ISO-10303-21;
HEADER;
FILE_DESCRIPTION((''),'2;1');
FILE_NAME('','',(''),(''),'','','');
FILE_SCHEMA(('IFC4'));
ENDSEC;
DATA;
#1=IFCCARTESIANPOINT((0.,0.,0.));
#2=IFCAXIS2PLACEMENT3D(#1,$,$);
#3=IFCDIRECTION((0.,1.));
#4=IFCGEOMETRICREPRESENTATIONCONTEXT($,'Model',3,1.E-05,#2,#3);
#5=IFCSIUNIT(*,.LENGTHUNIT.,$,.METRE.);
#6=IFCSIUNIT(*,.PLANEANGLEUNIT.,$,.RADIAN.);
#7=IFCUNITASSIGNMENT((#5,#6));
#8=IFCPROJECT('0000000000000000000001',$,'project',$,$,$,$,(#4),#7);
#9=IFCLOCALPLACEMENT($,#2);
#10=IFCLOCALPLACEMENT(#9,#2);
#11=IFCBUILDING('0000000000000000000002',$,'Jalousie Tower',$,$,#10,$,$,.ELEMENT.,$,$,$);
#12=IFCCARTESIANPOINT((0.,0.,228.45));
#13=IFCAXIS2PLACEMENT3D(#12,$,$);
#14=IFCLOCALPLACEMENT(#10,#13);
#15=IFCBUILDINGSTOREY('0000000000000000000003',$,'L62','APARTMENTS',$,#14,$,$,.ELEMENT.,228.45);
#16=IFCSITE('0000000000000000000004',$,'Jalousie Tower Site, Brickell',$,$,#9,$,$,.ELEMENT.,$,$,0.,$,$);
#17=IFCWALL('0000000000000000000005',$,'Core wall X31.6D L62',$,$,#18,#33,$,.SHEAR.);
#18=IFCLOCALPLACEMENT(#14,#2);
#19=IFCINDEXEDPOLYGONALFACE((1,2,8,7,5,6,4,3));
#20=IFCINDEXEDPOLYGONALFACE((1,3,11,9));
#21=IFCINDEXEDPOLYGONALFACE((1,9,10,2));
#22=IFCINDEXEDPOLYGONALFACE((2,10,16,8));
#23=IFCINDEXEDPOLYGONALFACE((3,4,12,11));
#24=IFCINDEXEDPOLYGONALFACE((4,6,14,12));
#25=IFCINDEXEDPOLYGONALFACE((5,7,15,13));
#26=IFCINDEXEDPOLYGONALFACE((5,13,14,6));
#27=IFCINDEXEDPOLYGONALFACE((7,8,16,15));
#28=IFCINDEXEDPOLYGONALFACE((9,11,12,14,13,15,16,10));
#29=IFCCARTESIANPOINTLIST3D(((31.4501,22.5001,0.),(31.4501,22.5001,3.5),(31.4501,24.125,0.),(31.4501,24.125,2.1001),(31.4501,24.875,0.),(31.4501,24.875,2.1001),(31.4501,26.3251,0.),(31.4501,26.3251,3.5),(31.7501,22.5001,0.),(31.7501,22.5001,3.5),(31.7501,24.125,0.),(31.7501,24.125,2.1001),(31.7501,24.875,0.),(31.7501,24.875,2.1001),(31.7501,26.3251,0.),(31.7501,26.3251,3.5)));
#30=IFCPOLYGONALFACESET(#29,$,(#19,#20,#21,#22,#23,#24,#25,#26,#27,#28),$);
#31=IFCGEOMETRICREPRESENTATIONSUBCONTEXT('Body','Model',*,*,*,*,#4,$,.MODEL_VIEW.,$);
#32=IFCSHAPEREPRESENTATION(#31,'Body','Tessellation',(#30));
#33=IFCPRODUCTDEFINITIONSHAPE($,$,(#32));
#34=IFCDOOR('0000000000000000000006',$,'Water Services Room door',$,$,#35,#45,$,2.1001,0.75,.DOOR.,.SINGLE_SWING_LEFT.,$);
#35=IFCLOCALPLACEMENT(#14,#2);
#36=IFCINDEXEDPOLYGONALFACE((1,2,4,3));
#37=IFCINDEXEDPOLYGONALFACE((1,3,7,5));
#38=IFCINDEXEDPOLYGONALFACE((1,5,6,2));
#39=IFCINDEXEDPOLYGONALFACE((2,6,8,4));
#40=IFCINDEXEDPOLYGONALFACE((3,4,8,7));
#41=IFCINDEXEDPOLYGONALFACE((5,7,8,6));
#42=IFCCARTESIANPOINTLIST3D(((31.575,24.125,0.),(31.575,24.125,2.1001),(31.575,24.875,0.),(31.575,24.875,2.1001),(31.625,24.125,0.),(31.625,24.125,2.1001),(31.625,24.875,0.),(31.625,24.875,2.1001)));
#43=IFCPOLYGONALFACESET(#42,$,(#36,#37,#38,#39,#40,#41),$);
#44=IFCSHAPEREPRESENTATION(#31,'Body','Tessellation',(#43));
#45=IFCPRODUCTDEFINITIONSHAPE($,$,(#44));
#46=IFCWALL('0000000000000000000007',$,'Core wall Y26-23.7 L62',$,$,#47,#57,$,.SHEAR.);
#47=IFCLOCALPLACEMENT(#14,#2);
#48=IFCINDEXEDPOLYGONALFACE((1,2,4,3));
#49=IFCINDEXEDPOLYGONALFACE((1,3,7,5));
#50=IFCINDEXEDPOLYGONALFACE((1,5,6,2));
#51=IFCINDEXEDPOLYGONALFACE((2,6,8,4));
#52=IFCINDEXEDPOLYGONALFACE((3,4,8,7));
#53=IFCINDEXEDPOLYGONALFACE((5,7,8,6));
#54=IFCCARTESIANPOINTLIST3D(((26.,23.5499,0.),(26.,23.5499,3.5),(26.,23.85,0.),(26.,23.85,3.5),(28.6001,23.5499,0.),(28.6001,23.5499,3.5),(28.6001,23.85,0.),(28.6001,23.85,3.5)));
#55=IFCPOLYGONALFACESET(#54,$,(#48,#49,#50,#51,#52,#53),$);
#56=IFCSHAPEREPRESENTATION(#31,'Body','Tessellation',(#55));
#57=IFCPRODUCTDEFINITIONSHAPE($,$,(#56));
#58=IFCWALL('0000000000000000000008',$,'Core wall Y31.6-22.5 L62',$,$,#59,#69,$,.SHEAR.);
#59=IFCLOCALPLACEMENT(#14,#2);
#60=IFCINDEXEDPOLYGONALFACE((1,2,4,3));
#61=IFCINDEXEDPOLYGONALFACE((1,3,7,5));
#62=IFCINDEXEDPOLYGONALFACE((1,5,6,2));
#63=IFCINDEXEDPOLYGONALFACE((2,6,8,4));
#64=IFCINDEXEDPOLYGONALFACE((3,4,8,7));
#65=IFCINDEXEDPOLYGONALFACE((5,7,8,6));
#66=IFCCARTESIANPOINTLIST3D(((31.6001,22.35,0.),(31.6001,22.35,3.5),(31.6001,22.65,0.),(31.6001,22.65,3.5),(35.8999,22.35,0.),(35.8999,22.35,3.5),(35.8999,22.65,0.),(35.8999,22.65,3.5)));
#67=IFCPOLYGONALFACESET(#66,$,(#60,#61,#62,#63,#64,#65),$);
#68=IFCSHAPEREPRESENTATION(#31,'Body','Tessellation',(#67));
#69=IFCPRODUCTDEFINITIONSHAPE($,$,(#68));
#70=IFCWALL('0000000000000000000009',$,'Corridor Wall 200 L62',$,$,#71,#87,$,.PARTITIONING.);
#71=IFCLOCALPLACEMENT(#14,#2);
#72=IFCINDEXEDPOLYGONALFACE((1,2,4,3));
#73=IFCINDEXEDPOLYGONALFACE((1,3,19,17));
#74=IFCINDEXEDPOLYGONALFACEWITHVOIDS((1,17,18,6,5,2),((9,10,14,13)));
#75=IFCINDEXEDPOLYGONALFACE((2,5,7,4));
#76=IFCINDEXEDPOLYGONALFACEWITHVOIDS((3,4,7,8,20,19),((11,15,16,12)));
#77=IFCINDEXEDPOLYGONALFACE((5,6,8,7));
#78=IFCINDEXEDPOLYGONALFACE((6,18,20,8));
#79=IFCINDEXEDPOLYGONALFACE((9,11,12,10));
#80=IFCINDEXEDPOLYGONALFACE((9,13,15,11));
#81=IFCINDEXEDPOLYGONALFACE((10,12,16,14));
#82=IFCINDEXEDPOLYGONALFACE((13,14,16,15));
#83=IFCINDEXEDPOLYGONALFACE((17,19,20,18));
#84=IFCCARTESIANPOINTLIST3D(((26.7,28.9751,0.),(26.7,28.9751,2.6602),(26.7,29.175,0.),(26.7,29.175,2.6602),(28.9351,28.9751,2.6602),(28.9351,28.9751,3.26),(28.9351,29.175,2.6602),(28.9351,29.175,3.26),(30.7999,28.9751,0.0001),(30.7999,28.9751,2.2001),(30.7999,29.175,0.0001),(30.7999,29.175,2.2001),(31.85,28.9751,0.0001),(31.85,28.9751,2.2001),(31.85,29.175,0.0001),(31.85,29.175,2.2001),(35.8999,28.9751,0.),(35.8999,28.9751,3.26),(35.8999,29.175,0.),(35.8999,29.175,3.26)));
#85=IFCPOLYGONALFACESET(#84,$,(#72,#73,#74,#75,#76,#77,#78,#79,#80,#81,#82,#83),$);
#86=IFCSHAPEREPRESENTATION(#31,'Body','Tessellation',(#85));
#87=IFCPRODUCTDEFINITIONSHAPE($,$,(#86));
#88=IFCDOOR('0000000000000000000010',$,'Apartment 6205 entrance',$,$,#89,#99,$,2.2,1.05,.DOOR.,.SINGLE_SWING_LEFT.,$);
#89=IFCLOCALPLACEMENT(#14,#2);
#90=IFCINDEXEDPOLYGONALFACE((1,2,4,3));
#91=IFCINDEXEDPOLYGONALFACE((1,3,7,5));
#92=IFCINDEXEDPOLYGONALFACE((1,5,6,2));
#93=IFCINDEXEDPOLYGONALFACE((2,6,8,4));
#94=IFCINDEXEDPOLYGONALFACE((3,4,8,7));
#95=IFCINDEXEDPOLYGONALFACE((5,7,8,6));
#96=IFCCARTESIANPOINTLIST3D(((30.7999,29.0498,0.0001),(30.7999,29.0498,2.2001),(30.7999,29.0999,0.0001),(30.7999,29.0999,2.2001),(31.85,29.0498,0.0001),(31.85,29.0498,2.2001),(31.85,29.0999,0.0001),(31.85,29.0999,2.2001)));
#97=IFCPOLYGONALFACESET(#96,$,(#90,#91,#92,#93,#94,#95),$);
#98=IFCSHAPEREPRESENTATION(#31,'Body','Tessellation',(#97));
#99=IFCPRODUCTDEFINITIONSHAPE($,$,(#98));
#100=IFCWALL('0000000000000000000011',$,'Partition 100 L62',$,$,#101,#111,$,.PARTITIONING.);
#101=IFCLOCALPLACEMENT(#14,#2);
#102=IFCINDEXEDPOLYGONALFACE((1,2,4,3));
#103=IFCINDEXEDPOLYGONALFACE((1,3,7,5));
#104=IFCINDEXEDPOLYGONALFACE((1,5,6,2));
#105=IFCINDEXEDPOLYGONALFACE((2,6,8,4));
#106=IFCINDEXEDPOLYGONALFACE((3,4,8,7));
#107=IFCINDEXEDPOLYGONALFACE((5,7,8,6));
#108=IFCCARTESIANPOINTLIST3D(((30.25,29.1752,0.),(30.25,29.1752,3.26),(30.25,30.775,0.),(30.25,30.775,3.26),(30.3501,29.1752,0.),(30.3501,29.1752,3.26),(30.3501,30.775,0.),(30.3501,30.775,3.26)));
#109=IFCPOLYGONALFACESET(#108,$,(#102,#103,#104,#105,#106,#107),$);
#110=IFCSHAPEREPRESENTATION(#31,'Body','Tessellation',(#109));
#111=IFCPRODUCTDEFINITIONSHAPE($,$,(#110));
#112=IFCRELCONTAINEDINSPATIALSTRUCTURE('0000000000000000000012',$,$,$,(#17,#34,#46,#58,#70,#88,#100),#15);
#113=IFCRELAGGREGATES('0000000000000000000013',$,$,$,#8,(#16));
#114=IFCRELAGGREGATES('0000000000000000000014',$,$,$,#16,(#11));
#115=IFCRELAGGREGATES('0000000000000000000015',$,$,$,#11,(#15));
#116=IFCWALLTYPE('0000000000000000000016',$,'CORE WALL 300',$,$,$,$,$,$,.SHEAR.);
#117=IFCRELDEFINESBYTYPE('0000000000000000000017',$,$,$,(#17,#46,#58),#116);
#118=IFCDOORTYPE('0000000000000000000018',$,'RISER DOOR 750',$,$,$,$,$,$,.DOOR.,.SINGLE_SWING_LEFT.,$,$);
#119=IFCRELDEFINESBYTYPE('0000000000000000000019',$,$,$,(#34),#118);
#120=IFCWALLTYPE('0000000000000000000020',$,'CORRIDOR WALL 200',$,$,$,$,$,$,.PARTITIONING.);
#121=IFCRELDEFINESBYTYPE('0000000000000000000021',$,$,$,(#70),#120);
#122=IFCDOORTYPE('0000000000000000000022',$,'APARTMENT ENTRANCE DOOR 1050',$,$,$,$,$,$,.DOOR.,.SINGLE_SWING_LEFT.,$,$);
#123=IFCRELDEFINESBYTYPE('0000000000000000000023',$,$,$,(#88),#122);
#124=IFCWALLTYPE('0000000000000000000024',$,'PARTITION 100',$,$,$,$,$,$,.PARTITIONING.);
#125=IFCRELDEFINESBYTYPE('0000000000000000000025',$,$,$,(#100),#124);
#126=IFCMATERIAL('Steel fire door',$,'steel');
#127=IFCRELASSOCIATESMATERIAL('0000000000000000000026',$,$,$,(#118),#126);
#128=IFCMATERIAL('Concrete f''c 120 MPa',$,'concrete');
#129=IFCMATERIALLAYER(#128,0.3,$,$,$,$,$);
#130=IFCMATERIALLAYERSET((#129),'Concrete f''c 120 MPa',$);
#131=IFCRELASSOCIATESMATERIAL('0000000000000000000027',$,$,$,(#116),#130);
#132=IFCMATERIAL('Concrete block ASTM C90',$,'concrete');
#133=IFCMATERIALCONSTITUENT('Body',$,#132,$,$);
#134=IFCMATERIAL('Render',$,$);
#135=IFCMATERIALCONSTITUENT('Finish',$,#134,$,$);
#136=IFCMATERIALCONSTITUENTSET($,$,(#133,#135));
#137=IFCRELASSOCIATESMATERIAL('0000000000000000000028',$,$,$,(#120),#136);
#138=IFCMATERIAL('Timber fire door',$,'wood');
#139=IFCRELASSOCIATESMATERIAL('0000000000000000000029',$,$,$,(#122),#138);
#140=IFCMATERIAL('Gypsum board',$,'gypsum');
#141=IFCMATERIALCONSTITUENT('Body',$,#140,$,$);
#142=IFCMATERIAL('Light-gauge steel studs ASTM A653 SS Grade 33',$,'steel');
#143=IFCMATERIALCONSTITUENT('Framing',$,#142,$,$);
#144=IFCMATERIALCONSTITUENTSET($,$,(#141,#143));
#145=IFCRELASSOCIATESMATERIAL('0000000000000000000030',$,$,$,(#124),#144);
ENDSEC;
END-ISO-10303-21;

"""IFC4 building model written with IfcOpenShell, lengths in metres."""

from ifc_helpers import new_model, si_unit, direction, frame, frame_2d, origin, place, context, subcontext, project, spatial, polyline, rectangle, outline, extrude, material, layer, layer_set, constituent, constituent_set, type_object, element, fill, save


model = new_model("IFC4")

# Units and contexts
model_context = context("Model", 3, precision=1e-05, world=origin(), true_north=direction((0.0, 1.0)))
body_context = subcontext(model_context, "Body", "Model", "MODEL_VIEW")
ifc_project = project(units=[si_unit("LENGTHUNIT", "METRE"), si_unit("PLANEANGLEUNIT", "RADIAN")], contexts=[model_context])

# Site, building, storey
site_placement = place(None, origin())
site = spatial("IfcSite", under=ifc_project, at=site_placement, Name="Jalousie Tower Site, Brickell", CompositionType="ELEMENT", RefElevation=0.0)
building_placement = place(site_placement, origin())
building = spatial("IfcBuilding", under=site, at=building_placement, Name="Jalousie Tower", CompositionType="ELEMENT")
storey_placement = place(building_placement, frame((0.0, 0.0, 228.45)))
storey = spatial("IfcBuildingStorey", under=building, at=storey_placement, Name="L62", Description="APARTMENTS", CompositionType="ELEMENT", Elevation=228.45)

# Shared definitions
ifc_material_1 = material(Name="Steel fire door", Category="steel")
door_type_1 = type_object("IfcDoorType", Name="RISER DOOR 750", OperationType="SINGLE_SWING_LEFT", PredefinedType="DOOR", material=ifc_material_1)

# Shared definitions
ifc_material_2 = material(Name="Concrete f'c 120 MPa", Category="concrete")
ifc_layer_1 = layer(ifc_material_2, 0.3)
ifc_layer_set_1 = layer_set([ifc_layer_1], Name="Concrete f'c 120 MPa")
wall_type_1 = type_object("IfcWallType", Name="CORE WALL 300", PredefinedType="SHEAR", material=ifc_layer_set_1)

# Wall, opening, door
wall_1_placement = place(storey_placement, frame((31.6001, 22.5, 0.0), z_axis=(0.0, 0.0, 1.0), x_axis=(0.0, 1.0, 0.0)))
wall_1 = element("IfcWall", 1, at=wall_1_placement, inside=storey, type_object=wall_type_1, Name="Core wall X31.6D L62", PredefinedType="SHEAR", context=body_context, shape_type="SweptSolid", body=[
    extrude(rectangle(XDim=3.825, YDim=0.3, at=frame_2d((1.9126, 0.0))), origin(), (0.0, 0.0, 1.0), 3.5),
])
opening_1_placement = place(wall_1_placement, frame((1.625, 0.0, 0.0)))
opening_1 = element("IfcOpeningElement", 2, at=opening_1_placement, cuts=wall_1, PredefinedType="OPENING", context=body_context, shape_type="SweptSolid", body=[
    extrude(rectangle(XDim=0.75, YDim=2.1001, at=frame_2d((0.375, 1.05))), frame((0.0, 0.1599, 0.0), z_axis=(0.0, -1.0, 0.0), x_axis=(1.0, 0.0, 0.0)), (0.0, 0.0, 1.0), 0.3201),
])
door_1_placement = place(opening_1_placement, frame((0.75, 0.0, 0.0), z_axis=(0.0, 0.0, 1.0), x_axis=(-1.0, 0.0, 0.0)))
door_1 = element("IfcDoor", 3, at=door_1_placement, inside=storey, type_object=door_type_1, Name="Water Services Room door", OperationType="SINGLE_SWING_LEFT", OverallHeight=2.1001, OverallWidth=0.75, PredefinedType="DOOR", context=body_context, shape_type="SweptSolid", body=[
    extrude(rectangle(XDim=0.75, YDim=2.1001, at=frame_2d((0.375, 1.05))), frame((0.0, 0.0249, 0.0), z_axis=(0.0, -1.0, 0.0), x_axis=(1.0, 0.0, 0.0)), (0.0, 0.0, 1.0), 0.05),
])
fill(opening_1, door_1)

# Walls
wall_2_placement = place(storey_placement, frame((26.0, 23.7, 0.0), z_axis=(0.0, 0.0, 1.0), x_axis=(1.0, 0.0, 0.0)))
element("IfcWall", 4, at=wall_2_placement, inside=storey, type_object=wall_type_1, Name="Core wall Y26-23.7 L62", PredefinedType="SHEAR", context=body_context, shape_type="SweptSolid", body=[
    extrude(rectangle(XDim=2.6001, YDim=0.3, at=frame_2d((1.3, 0.0))), origin(), (0.0, 0.0, 1.0), 3.5),
])
wall_3_placement = place(storey_placement, frame((31.6001, 22.5, 0.0), z_axis=(0.0, 0.0, 1.0), x_axis=(1.0, 0.0, 0.0)))
element("IfcWall", 5, at=wall_3_placement, inside=storey, type_object=wall_type_1, Name="Core wall Y31.6-22.5 L62", PredefinedType="SHEAR", context=body_context, shape_type="SweptSolid", body=[
    extrude(rectangle(XDim=4.2998, YDim=0.3, at=frame_2d((2.1499, 0.0))), origin(), (0.0, 0.0, 1.0), 3.5),
])

# Wall, opening, door
ifc_material_3 = material(Name="Concrete block ASTM C90", Category="concrete")
ifc_constituent_1 = constituent(ifc_material_3, Name="Body")
ifc_material_4 = material(Name="Render")
ifc_constituent_2 = constituent(ifc_material_4, Name="Finish")
ifc_constituent_set_1 = constituent_set(constituents=[ifc_constituent_1, ifc_constituent_2])
wall_type_2 = type_object("IfcWallType", Name="CORRIDOR WALL 200", PredefinedType="PARTITIONING", material=ifc_constituent_set_1)
wall_4_placement = place(storey_placement, frame((26.7, 29.075, 0.0), z_axis=(0.0, 0.0, 1.0), x_axis=(1.0, 0.0, 0.0)))
wall_4 = element("IfcWall", 6, at=wall_4_placement, inside=storey, type_object=wall_type_2, Name="Corridor Wall 200 L62", PredefinedType="PARTITIONING", context=body_context, shape_type="SweptSolid", body=[
    extrude(outline(polyline([(0.0, 0.0), (9.2, 0.0), (9.2, 3.26), (2.2351, 3.26), (2.2351, 2.6602), (0.0, 2.6602), (0.0, 3.26), (0.0, 0.0)])), frame((0.0, 0.1001, 0.0), z_axis=(0.0, -1.0, 0.0), x_axis=(1.0, 0.0, 0.0)), (0.0, 0.0, 1.0), 0.2),
])
opening_2_placement = place(wall_4_placement, frame((4.1001, 0.0, 0.0)))
opening_2 = element("IfcOpeningElement", 7, at=opening_2_placement, cuts=wall_4, PredefinedType="OPENING", context=body_context, shape_type="SweptSolid", body=[
    extrude(rectangle(XDim=1.05, YDim=2.2, at=frame_2d((0.5249, 1.1001))), frame((0.0, 0.1099, 0.0), z_axis=(0.0, -1.0, 0.0), x_axis=(1.0, 0.0, 0.0)), (0.0, 0.0, 1.0), 0.22),
])
ifc_material_5 = material(Name="Timber fire door", Category="wood")
door_type_2 = type_object("IfcDoorType", Name="APARTMENT ENTRANCE DOOR 1050", OperationType="SINGLE_SWING_LEFT", PredefinedType="DOOR", material=ifc_material_5)
door_2_placement = place(opening_2_placement, origin())
door_2 = element("IfcDoor", 8, at=door_2_placement, inside=storey, type_object=door_type_2, Name="Apartment 6205 entrance", OperationType="SINGLE_SWING_LEFT", OverallHeight=2.2, OverallWidth=1.05, PredefinedType="DOOR", context=body_context, shape_type="SweptSolid", body=[
    extrude(rectangle(XDim=1.05, YDim=2.2, at=frame_2d((0.5249, 1.1001))), frame((0.0, 0.0249, 0.0), z_axis=(0.0, -1.0, 0.0), x_axis=(1.0, 0.0, 0.0)), (0.0, 0.0, 1.0), 0.05),
])
fill(opening_2, door_2)

# Wall
ifc_material_6 = material(Name="Gypsum board", Category="gypsum")
ifc_constituent_3 = constituent(ifc_material_6, Name="Body")
ifc_material_7 = material(Name="Light-gauge steel studs ASTM A653 SS Grade 33", Category="steel")
ifc_constituent_4 = constituent(ifc_material_7, Name="Framing")
ifc_constituent_set_2 = constituent_set(constituents=[ifc_constituent_3, ifc_constituent_4])
wall_type_3 = type_object("IfcWallType", Name="PARTITION 100", PredefinedType="PARTITIONING", material=ifc_constituent_set_2)
wall_5_placement = place(storey_placement, frame((30.3, 30.7749, 0.0), z_axis=(0.0, 0.0, 1.0), x_axis=(0.0, -1.0, 0.0)))
element("IfcWall", 9, at=wall_5_placement, inside=storey, type_object=wall_type_3, Name="Partition 100 L62", PredefinedType="PARTITIONING", context=body_context, shape_type="SweptSolid", body=[
    extrude(rectangle(XDim=1.5999, YDim=0.1001, at=frame_2d((0.7998, 0.0))), origin(), (0.0, 0.0, 1.0), 3.26),
])

save(model, "model.ifc")
